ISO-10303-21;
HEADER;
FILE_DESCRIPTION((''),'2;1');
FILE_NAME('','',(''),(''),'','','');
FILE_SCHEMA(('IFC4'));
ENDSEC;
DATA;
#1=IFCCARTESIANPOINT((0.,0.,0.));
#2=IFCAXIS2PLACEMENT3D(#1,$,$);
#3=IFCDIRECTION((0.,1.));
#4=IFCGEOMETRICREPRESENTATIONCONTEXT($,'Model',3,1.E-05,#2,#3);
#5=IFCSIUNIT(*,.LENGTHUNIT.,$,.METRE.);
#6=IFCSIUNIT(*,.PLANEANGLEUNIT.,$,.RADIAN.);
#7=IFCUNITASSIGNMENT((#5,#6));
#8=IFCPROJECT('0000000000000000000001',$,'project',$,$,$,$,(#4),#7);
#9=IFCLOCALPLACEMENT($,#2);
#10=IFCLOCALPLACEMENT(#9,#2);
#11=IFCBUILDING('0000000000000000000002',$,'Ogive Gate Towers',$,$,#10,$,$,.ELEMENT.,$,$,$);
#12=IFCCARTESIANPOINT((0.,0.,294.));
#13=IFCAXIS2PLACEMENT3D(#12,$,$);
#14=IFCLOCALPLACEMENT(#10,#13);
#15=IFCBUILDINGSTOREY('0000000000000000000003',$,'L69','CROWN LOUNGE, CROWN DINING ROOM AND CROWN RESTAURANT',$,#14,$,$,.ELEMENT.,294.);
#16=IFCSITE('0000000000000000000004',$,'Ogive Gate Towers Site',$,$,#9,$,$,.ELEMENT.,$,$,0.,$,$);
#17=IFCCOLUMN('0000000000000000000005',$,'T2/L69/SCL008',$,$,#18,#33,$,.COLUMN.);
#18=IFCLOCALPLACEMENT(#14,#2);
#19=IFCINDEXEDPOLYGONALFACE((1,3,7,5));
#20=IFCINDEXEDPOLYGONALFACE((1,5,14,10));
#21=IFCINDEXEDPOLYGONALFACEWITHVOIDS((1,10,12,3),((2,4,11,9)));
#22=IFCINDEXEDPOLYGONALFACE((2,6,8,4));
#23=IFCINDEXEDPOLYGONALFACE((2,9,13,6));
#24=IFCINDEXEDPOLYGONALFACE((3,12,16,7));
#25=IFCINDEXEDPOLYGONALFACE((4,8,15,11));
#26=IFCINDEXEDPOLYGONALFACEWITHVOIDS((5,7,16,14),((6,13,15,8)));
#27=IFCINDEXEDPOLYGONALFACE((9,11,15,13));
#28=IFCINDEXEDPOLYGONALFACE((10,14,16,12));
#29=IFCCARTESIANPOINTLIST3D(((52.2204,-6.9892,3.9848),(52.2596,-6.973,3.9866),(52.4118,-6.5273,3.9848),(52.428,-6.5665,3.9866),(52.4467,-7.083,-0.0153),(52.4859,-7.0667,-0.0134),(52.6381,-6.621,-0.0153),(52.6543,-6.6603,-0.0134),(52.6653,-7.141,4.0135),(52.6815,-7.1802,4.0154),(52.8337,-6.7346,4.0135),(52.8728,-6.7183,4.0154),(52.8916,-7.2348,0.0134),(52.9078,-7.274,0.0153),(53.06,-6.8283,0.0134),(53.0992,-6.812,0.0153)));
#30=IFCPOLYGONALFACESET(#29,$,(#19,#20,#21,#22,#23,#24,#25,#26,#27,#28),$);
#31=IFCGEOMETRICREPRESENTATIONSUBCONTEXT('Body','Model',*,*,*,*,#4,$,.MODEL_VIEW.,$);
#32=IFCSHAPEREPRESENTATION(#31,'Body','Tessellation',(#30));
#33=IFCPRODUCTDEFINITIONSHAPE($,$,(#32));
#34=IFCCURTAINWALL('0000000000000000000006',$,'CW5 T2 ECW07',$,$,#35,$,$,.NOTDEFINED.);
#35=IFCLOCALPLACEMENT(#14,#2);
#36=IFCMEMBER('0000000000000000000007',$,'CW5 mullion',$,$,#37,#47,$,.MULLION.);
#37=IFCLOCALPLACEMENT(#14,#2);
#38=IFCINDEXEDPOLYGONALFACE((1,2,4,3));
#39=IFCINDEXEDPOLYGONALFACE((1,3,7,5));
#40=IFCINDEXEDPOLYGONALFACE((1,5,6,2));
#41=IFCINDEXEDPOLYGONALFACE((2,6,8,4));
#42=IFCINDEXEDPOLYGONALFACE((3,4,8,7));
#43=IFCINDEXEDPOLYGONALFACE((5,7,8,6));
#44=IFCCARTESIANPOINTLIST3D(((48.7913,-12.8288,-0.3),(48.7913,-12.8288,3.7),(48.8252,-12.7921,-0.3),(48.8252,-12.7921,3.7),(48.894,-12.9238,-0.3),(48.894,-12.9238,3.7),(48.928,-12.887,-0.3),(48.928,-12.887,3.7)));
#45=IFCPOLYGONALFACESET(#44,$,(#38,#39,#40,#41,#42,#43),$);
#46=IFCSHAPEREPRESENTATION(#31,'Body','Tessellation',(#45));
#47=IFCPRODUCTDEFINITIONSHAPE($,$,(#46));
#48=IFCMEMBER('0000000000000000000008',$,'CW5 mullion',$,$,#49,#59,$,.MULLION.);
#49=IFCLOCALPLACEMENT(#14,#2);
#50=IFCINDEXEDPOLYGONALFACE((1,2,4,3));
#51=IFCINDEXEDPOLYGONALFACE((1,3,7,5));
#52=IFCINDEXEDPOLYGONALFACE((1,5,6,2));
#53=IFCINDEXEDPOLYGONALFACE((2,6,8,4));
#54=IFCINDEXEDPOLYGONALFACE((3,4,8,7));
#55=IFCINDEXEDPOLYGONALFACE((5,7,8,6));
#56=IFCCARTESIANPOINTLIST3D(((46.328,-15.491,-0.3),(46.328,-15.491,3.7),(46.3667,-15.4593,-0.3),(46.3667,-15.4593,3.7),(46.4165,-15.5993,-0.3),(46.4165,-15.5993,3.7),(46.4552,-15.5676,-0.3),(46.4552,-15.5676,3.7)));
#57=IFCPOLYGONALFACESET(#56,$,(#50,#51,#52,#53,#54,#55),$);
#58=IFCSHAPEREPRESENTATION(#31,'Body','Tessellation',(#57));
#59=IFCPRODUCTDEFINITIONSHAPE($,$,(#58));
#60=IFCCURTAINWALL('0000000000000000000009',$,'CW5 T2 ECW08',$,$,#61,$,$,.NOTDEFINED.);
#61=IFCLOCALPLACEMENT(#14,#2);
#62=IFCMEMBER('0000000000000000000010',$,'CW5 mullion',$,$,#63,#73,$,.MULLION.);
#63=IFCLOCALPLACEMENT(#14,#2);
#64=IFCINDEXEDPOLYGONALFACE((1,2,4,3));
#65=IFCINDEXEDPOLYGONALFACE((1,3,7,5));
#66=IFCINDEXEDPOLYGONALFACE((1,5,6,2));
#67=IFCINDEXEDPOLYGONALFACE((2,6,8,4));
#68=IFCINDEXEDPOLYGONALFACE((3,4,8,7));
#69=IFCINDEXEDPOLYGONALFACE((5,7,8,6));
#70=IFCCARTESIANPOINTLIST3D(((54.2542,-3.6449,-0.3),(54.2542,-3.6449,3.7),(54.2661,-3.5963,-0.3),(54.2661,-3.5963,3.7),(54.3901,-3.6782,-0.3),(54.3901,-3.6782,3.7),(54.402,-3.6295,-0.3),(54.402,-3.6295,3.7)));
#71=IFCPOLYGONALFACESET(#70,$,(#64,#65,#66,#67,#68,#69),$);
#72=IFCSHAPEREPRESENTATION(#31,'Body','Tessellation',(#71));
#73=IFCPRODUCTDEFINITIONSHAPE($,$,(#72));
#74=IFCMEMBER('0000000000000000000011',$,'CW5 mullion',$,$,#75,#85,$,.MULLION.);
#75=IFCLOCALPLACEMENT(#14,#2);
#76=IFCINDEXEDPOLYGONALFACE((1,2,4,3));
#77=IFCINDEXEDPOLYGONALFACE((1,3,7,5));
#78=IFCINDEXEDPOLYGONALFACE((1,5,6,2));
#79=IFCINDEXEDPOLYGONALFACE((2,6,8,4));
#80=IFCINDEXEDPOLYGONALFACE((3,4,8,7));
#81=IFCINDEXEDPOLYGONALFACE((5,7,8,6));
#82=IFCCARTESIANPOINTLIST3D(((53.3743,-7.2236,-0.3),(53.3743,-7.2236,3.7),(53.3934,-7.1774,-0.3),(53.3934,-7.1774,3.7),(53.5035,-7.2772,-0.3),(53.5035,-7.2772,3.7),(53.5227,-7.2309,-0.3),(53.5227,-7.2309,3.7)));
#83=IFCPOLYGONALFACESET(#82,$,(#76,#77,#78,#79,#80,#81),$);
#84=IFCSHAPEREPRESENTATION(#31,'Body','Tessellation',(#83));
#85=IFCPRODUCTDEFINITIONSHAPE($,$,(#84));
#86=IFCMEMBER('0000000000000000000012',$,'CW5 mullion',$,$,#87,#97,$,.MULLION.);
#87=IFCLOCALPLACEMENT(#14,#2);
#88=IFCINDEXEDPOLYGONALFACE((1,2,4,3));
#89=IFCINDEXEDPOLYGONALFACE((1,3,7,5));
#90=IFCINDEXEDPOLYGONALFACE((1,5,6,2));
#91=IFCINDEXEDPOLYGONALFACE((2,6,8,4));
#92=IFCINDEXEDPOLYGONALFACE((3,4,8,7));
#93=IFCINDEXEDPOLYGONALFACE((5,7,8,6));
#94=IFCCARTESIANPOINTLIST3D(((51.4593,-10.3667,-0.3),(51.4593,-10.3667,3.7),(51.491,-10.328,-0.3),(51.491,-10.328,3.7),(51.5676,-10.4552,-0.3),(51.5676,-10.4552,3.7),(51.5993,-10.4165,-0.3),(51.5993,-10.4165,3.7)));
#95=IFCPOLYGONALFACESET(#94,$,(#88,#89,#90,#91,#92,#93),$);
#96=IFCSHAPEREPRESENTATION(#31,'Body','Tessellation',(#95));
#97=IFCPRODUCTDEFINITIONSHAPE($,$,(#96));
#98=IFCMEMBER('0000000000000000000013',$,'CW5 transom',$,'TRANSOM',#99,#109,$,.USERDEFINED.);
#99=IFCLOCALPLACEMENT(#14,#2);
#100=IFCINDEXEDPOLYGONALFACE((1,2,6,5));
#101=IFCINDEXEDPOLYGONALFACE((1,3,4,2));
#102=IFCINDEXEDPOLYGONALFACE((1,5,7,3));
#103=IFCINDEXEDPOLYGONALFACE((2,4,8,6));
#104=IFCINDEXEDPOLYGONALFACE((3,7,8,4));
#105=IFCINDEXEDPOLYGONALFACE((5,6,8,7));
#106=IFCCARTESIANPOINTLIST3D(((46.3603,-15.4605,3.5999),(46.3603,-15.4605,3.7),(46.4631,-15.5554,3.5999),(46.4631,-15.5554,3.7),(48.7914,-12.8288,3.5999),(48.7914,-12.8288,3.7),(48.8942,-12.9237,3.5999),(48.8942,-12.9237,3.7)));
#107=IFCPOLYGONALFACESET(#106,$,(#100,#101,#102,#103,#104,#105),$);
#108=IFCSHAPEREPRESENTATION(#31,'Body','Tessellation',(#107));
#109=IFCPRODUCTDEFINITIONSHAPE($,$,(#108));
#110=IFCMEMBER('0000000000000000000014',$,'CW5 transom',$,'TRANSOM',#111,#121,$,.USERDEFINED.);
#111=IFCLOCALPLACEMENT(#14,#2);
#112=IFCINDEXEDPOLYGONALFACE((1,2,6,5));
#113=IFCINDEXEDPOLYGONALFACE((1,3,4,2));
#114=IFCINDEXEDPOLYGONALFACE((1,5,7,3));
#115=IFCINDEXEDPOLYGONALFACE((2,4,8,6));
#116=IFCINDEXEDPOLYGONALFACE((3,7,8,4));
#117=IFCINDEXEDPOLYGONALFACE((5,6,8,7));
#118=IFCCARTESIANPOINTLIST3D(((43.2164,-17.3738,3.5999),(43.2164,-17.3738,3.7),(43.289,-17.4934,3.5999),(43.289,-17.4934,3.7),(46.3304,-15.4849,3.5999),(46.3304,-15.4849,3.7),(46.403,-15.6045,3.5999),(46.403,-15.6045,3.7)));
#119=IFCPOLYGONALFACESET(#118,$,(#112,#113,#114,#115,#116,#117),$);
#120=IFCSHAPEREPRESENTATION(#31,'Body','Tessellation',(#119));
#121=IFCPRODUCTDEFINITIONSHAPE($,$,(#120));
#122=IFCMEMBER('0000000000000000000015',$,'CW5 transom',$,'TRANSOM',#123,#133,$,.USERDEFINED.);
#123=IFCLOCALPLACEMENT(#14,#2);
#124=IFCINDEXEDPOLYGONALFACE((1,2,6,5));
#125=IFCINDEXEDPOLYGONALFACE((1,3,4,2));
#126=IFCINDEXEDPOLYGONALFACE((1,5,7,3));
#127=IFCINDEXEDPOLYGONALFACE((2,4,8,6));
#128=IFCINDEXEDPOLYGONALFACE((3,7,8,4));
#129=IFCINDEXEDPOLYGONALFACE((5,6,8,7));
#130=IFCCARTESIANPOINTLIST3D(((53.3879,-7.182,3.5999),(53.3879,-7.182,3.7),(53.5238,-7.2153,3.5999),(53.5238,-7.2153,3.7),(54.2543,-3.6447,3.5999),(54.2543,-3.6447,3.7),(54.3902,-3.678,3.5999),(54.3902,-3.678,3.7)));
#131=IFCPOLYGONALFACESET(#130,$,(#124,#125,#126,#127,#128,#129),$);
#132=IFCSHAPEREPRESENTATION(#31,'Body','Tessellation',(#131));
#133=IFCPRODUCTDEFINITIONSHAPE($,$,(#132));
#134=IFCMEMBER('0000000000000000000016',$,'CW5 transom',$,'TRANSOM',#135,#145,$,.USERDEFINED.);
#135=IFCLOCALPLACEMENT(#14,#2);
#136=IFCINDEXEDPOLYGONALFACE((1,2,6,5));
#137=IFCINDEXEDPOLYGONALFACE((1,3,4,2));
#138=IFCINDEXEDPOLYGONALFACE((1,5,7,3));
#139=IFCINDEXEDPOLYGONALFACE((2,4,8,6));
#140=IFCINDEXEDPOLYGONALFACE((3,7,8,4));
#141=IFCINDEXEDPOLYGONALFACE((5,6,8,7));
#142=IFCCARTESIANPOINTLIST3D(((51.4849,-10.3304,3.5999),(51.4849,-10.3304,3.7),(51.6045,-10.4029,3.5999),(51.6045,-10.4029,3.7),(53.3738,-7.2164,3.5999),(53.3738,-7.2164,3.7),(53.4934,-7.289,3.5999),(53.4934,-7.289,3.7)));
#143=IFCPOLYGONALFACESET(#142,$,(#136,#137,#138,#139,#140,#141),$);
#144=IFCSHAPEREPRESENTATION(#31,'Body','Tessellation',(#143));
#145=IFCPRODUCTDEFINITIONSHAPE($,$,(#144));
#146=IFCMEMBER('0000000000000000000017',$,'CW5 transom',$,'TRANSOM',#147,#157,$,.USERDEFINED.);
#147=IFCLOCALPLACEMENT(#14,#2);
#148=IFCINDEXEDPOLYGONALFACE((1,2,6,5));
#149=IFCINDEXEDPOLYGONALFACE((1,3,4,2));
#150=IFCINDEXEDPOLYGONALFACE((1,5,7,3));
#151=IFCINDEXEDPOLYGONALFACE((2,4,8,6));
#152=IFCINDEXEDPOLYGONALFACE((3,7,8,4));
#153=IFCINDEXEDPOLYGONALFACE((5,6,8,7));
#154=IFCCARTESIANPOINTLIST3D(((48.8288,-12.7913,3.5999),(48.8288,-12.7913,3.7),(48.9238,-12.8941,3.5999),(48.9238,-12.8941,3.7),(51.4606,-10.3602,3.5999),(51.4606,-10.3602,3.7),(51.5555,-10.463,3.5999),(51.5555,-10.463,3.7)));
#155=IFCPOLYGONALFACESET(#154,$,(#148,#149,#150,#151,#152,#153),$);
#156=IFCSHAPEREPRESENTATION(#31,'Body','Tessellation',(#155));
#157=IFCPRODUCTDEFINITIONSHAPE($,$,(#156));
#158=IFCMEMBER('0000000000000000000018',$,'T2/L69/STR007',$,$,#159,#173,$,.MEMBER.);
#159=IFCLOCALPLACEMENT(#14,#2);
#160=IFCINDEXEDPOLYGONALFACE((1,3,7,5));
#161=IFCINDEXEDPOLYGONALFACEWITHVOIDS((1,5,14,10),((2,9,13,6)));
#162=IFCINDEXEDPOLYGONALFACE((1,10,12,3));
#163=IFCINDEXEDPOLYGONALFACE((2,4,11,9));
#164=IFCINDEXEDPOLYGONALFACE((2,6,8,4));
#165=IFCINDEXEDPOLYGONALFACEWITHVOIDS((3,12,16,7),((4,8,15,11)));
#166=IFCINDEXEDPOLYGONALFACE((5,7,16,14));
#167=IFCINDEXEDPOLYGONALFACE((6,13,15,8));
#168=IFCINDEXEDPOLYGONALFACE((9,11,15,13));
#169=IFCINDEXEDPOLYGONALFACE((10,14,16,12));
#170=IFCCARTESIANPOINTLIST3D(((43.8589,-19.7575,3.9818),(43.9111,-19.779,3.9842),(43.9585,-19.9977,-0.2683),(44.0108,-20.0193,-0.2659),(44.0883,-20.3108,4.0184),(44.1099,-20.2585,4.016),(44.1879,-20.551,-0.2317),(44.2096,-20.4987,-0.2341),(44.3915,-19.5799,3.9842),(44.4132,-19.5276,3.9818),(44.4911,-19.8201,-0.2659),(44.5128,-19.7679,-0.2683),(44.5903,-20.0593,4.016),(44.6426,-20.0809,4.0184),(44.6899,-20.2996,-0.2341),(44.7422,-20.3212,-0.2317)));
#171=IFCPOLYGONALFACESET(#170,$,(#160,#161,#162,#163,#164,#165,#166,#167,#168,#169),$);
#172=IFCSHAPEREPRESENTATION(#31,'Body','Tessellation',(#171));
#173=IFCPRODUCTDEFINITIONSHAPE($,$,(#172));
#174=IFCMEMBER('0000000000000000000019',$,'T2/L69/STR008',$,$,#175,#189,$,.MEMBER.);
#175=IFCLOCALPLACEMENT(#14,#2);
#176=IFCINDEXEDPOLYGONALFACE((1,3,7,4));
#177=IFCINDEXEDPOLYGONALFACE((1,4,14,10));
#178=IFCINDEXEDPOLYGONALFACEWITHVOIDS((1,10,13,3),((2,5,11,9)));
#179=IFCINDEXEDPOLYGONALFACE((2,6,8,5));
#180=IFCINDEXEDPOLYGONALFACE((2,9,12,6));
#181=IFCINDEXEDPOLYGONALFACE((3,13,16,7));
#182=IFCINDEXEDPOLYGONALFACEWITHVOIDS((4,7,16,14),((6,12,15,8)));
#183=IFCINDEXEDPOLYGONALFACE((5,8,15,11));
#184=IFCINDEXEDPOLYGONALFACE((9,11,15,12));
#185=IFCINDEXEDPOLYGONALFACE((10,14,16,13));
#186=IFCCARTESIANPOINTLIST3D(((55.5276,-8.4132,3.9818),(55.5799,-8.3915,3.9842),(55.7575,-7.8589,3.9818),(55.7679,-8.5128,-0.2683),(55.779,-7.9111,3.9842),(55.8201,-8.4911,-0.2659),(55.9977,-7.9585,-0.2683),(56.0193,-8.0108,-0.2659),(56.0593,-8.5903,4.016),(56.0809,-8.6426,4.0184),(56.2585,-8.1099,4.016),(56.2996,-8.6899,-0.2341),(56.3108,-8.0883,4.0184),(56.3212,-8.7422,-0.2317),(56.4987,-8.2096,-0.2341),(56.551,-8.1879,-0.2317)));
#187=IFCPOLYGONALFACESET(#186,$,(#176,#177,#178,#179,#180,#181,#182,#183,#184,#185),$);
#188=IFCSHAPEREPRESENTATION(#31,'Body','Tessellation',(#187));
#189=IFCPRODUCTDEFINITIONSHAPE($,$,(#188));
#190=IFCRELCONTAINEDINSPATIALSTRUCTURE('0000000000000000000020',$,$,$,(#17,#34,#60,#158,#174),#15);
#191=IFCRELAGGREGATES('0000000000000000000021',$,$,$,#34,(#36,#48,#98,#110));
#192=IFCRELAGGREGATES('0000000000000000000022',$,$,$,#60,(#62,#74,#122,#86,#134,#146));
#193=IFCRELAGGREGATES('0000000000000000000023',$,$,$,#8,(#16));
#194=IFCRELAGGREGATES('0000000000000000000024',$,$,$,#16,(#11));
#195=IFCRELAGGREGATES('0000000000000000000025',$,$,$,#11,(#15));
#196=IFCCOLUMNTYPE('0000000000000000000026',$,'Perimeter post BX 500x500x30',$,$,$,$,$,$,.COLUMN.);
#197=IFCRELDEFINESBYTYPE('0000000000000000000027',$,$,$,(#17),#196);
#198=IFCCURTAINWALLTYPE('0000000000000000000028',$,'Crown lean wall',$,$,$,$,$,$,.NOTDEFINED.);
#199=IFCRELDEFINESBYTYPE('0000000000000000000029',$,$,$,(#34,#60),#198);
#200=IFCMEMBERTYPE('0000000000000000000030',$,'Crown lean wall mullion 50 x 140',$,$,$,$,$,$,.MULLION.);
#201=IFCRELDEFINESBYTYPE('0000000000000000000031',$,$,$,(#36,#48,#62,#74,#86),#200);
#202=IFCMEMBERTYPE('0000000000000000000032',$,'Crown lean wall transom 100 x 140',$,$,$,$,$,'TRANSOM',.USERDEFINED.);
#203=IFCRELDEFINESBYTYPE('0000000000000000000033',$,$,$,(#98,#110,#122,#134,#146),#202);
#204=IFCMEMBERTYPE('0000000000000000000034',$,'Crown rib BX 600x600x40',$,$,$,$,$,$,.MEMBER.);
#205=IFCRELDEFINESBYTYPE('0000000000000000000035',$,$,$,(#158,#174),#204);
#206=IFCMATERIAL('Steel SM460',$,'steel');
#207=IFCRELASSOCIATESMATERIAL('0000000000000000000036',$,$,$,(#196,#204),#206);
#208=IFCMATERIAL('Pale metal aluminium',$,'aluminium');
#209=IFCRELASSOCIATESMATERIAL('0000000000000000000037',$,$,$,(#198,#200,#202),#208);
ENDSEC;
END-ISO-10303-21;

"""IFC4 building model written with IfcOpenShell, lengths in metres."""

from ifc_helpers import new_model, si_unit, direction, frame, origin, origin_2d, place, context, subcontext, project, spatial, rectangle, hollow_rectangle, extrude, material, material_profile, profile_set, type_object, element, aggregate, save


model = new_model("IFC4")

# Units and contexts
model_context = context("Model", 3, precision=1e-05, world=origin(), true_north=direction((0.0, 1.0)))
body_context = subcontext(model_context, "Body", "Model", "MODEL_VIEW")
ifc_project = project(units=[si_unit("LENGTHUNIT", "METRE"), si_unit("PLANEANGLEUNIT", "RADIAN")], contexts=[model_context])

# Site, building, storey
site_placement = place(None, origin())
site = spatial("IfcSite", under=ifc_project, at=site_placement, Name="Ogive Gate Towers Site", CompositionType="ELEMENT", RefElevation=0.0)
building_placement = place(site_placement, origin())
building = spatial("IfcBuilding", under=site, at=building_placement, Name="Ogive Gate Towers", CompositionType="ELEMENT")
storey_placement = place(building_placement, frame((0.0, 0.0, 294.0)))
storey = spatial("IfcBuildingStorey", under=building, at=storey_placement, Name="L69", Description="CROWN LOUNGE, CROWN DINING ROOM AND CROWN RESTAURANT", CompositionType="ELEMENT", Elevation=294.0)

# Column
ifc_material_1 = material(Name="Steel SM460", Category="steel")
ifc_material_profile_1 = material_profile(ifc_material_1, hollow_rectangle(XDim=0.5, YDim=0.5, WallThickness=0.03, at=origin_2d()), Name="BX 500x500x30")
ifc_profile_set_1 = profile_set([ifc_material_profile_1], Name="Steel SM460")
column_type = type_object("IfcColumnType", Name="Perimeter post BX 500x500x30", PredefinedType="COLUMN", material=ifc_profile_set_1)
column_placement = place(storey_placement, frame((52.7729, -6.9475, 0.0), z_axis=(-0.056474, 0.023394, 0.99813), x_axis=(-0.382704, -0.923871, 0.0)))
element("IfcColumn", 1, at=column_placement, inside=storey, type_object=column_type, Name="T2/L69/SCL008", PredefinedType="COLUMN", context=body_context, shape_type="SweptSolid", body=[
    extrude(hollow_rectangle(XDim=0.5, YDim=0.5, WallThickness=0.03, at=origin_2d()), origin(), (0.0, 0.0, 1.0), 4.0076),
])

# Curtain walls, members
ifc_material_2 = material(Name="Pale metal aluminium", Category="aluminium")
curtain_wall_type = type_object("IfcCurtainWallType", Name="Crown lean wall", PredefinedType="NOTDEFINED", material=ifc_material_2)
curtain_wall_1_placement = place(storey_placement, origin())
curtain_wall_1 = element("IfcCurtainWall", 2, at=curtain_wall_1_placement, inside=storey, type_object=curtain_wall_type, Name="CW5 T2 ECW07", PredefinedType="NOTDEFINED")
ifc_material_profile_2 = material_profile(ifc_material_2, rectangle(XDim=0.1399, YDim=0.05, at=origin_2d()), Name="50 x 140 aluminium box")
ifc_profile_set_2 = profile_set([ifc_material_profile_2], Name="Pale metal aluminium")
member_type_1 = type_object("IfcMemberType", Name="Crown lean wall mullion 50 x 140", PredefinedType="MULLION", material=ifc_profile_set_2)
member_1_placement = place(storey_placement, frame((48.8596, -12.8579, -0.3), z_axis=(0.0, 0.0, 1.0), x_axis=(-0.734548, 0.678557, 0.0)))
member_1 = element("IfcMember", 3, at=member_1_placement, type_object=member_type_1, Name="CW5 mullion", PredefinedType="MULLION", context=body_context, shape_type="SweptSolid", body=[
    extrude(rectangle(XDim=0.1399, YDim=0.05, at=origin_2d()), origin(), (0.0, 0.0, 1.0), 4.0),
])
member_2_placement = place(storey_placement, frame((46.3916, -15.5293, -0.3), z_axis=(0.0, 0.0, 1.0), x_axis=(-0.632759, 0.774348, 0.0)))
member_2 = element("IfcMember", 4, at=member_2_placement, type_object=member_type_1, Name="CW5 mullion", PredefinedType="MULLION", context=body_context, shape_type="SweptSolid", body=[
    extrude(rectangle(XDim=0.1399, YDim=0.05, at=origin_2d()), origin(), (0.0, 0.0, 1.0), 4.0),
])
curtain_wall_2_placement = place(storey_placement, origin())
curtain_wall_2 = element("IfcCurtainWall", 5, at=curtain_wall_2_placement, inside=storey, type_object=curtain_wall_type, Name="CW5 T2 ECW08", PredefinedType="NOTDEFINED")
member_3_placement = place(storey_placement, frame((54.3281, -3.6372, -0.3), z_axis=(0.0, 0.0, 1.0), x_axis=(-0.971296, 0.237872, 0.0)))
member_3 = element("IfcMember", 6, at=member_3_placement, type_object=member_type_1, Name="CW5 mullion", PredefinedType="MULLION", context=body_context, shape_type="SweptSolid", body=[
    extrude(rectangle(XDim=0.1399, YDim=0.05, at=origin_2d()), origin(), (0.0, 0.0, 1.0), 4.0),
])
member_4_placement = place(storey_placement, frame((53.4485, -7.2273, -0.3), z_axis=(0.0, 0.0, 1.0), x_axis=(-0.92388, 0.382683, 0.0)))
member_4 = element("IfcMember", 7, at=member_4_placement, type_object=member_type_1, Name="CW5 mullion", PredefinedType="MULLION", context=body_context, shape_type="SweptSolid", body=[
    extrude(rectangle(XDim=0.1399, YDim=0.05, at=origin_2d()), origin(), (0.0, 0.0, 1.0), 4.0),
])
member_5_placement = place(storey_placement, frame((51.5293, -10.3916, -0.3), z_axis=(0.0, 0.0, 1.0), x_axis=(-0.774348, 0.632759, 0.0)))
member_5 = element("IfcMember", 8, at=member_5_placement, type_object=member_type_1, Name="CW5 mullion", PredefinedType="MULLION", context=body_context, shape_type="SweptSolid", body=[
    extrude(rectangle(XDim=0.1399, YDim=0.05, at=origin_2d()), origin(), (0.0, 0.0, 1.0), 4.0),
])

# Members
ifc_material_profile_3 = material_profile(ifc_material_2, rectangle(XDim=0.1399, YDim=0.1001, at=origin_2d()), Name="100 x 140 aluminium box")
ifc_profile_set_3 = profile_set([ifc_material_profile_3], Name="Pale metal aluminium")
member_type_2 = type_object("IfcMemberType", Name="Crown lean wall transom 100 x 140", ElementType="TRANSOM", PredefinedType="USERDEFINED", material=ifc_profile_set_3)
member_6_placement = place(storey_placement, frame((48.8428, -12.8762, 3.6499), z_axis=(-0.678546, -0.734558, 0.0), x_axis=(0.734558, -0.678546, 0.0)))
member_6 = element("IfcMember", 9, at=member_6_placement, type_object=member_type_2, Name="CW5 transom", ObjectType="TRANSOM", PredefinedType="USERDEFINED", context=body_context, shape_type="SweptSolid", body=[
    extrude(rectangle(XDim=0.1399, YDim=0.1001, at=origin_2d()), origin(), (0.0, 0.0, 1.0), 3.5828),
])
member_7_placement = place(storey_placement, frame((46.3667, -15.5447, 3.6499), z_axis=(-0.854999, -0.51863, 0.0), x_axis=(0.51863, -0.854999, 0.0)))
member_7 = element("IfcMember", 10, at=member_7_placement, type_object=member_type_2, Name="CW5 transom", ObjectType="TRANSOM", PredefinedType="USERDEFINED", context=body_context, shape_type="SweptSolid", body=[
    extrude(rectangle(XDim=0.1399, YDim=0.1001, at=origin_2d()), origin(), (0.0, 0.0, 1.0), 3.6421),
])
member_8_placement = place(storey_placement, frame((54.3223, -3.6614, 3.6499), z_axis=(-0.237911, -0.971287, 0.0), x_axis=(0.971287, -0.237911, 0.0)))
member_8 = element("IfcMember", 11, at=member_8_placement, type_object=member_type_2, Name="CW5 transom", ObjectType="TRANSOM", PredefinedType="USERDEFINED", context=body_context, shape_type="SweptSolid", body=[
    extrude(rectangle(XDim=0.1399, YDim=0.1001, at=origin_2d()), origin(), (0.0, 0.0, 1.0), 3.6418),
])
member_9_placement = place(storey_placement, frame((53.4336, -7.2527, 3.6499), z_axis=(-0.51863, -0.854999, 0.0), x_axis=(0.854999, -0.51863, 0.0)))
member_9 = element("IfcMember", 12, at=member_9_placement, type_object=member_type_2, Name="CW5 transom", ObjectType="TRANSOM", PredefinedType="USERDEFINED", context=body_context, shape_type="SweptSolid", body=[
    extrude(rectangle(XDim=0.1399, YDim=0.1001, at=origin_2d()), origin(), (0.0, 0.0, 1.0), 3.6421),
])
member_10_placement = place(storey_placement, frame((51.5081, -10.4116, 3.6499), z_axis=(-0.734558, -0.678546, 0.0), x_axis=(0.678546, -0.734558, 0.0)))
member_10 = element("IfcMember", 13, at=member_10_placement, type_object=member_type_2, Name="CW5 transom", ObjectType="TRANSOM", PredefinedType="USERDEFINED", context=body_context, shape_type="SweptSolid", body=[
    extrude(rectangle(XDim=0.1399, YDim=0.1001, at=origin_2d()), origin(), (0.0, 0.0, 1.0), 3.5828),
])

# Members
ifc_material_profile_4 = material_profile(ifc_material_1, hollow_rectangle(XDim=0.6001, YDim=0.6001, WallThickness=0.04, at=origin_2d()), Name="BX 600x600x40")
ifc_profile_set_4 = profile_set([ifc_material_profile_4], Name="Steel SM460")
member_type_3 = type_object("IfcMemberType", Name="Crown rib BX 600x600x40", PredefinedType="MEMBER", material=ifc_profile_set_4)
for number, where, z_axis, x_axis, name in (
    (14, (44.3503, -20.1594, -0.25), (-0.023394, 0.05642, 0.998133), (-0.923742, -0.383015, 0.0), "T2/L69/STR007"),
    (15, (56.1594, -8.3503, -0.25), (-0.05642, 0.023394, 0.998133), (-0.383015, -0.923742, 0.0), "T2/L69/STR008"),
):
    element("IfcMember", number, at=place(storey_placement, frame(where, z_axis=z_axis, x_axis=x_axis)), inside=storey, type_object=member_type_3, Name=name, PredefinedType="MEMBER", context=body_context, shape_type="SweptSolid", body=[
        extrude(hollow_rectangle(XDim=0.6001, YDim=0.6001, WallThickness=0.04, at=origin_2d()), origin(), (0.0, 0.0, 1.0), 4.2581),
    ])

aggregate(curtain_wall_1, [member_1, member_2, member_6, member_7])
aggregate(curtain_wall_2, [member_3, member_4, member_8, member_5, member_9, member_10])

save(model, "model.ifc")
